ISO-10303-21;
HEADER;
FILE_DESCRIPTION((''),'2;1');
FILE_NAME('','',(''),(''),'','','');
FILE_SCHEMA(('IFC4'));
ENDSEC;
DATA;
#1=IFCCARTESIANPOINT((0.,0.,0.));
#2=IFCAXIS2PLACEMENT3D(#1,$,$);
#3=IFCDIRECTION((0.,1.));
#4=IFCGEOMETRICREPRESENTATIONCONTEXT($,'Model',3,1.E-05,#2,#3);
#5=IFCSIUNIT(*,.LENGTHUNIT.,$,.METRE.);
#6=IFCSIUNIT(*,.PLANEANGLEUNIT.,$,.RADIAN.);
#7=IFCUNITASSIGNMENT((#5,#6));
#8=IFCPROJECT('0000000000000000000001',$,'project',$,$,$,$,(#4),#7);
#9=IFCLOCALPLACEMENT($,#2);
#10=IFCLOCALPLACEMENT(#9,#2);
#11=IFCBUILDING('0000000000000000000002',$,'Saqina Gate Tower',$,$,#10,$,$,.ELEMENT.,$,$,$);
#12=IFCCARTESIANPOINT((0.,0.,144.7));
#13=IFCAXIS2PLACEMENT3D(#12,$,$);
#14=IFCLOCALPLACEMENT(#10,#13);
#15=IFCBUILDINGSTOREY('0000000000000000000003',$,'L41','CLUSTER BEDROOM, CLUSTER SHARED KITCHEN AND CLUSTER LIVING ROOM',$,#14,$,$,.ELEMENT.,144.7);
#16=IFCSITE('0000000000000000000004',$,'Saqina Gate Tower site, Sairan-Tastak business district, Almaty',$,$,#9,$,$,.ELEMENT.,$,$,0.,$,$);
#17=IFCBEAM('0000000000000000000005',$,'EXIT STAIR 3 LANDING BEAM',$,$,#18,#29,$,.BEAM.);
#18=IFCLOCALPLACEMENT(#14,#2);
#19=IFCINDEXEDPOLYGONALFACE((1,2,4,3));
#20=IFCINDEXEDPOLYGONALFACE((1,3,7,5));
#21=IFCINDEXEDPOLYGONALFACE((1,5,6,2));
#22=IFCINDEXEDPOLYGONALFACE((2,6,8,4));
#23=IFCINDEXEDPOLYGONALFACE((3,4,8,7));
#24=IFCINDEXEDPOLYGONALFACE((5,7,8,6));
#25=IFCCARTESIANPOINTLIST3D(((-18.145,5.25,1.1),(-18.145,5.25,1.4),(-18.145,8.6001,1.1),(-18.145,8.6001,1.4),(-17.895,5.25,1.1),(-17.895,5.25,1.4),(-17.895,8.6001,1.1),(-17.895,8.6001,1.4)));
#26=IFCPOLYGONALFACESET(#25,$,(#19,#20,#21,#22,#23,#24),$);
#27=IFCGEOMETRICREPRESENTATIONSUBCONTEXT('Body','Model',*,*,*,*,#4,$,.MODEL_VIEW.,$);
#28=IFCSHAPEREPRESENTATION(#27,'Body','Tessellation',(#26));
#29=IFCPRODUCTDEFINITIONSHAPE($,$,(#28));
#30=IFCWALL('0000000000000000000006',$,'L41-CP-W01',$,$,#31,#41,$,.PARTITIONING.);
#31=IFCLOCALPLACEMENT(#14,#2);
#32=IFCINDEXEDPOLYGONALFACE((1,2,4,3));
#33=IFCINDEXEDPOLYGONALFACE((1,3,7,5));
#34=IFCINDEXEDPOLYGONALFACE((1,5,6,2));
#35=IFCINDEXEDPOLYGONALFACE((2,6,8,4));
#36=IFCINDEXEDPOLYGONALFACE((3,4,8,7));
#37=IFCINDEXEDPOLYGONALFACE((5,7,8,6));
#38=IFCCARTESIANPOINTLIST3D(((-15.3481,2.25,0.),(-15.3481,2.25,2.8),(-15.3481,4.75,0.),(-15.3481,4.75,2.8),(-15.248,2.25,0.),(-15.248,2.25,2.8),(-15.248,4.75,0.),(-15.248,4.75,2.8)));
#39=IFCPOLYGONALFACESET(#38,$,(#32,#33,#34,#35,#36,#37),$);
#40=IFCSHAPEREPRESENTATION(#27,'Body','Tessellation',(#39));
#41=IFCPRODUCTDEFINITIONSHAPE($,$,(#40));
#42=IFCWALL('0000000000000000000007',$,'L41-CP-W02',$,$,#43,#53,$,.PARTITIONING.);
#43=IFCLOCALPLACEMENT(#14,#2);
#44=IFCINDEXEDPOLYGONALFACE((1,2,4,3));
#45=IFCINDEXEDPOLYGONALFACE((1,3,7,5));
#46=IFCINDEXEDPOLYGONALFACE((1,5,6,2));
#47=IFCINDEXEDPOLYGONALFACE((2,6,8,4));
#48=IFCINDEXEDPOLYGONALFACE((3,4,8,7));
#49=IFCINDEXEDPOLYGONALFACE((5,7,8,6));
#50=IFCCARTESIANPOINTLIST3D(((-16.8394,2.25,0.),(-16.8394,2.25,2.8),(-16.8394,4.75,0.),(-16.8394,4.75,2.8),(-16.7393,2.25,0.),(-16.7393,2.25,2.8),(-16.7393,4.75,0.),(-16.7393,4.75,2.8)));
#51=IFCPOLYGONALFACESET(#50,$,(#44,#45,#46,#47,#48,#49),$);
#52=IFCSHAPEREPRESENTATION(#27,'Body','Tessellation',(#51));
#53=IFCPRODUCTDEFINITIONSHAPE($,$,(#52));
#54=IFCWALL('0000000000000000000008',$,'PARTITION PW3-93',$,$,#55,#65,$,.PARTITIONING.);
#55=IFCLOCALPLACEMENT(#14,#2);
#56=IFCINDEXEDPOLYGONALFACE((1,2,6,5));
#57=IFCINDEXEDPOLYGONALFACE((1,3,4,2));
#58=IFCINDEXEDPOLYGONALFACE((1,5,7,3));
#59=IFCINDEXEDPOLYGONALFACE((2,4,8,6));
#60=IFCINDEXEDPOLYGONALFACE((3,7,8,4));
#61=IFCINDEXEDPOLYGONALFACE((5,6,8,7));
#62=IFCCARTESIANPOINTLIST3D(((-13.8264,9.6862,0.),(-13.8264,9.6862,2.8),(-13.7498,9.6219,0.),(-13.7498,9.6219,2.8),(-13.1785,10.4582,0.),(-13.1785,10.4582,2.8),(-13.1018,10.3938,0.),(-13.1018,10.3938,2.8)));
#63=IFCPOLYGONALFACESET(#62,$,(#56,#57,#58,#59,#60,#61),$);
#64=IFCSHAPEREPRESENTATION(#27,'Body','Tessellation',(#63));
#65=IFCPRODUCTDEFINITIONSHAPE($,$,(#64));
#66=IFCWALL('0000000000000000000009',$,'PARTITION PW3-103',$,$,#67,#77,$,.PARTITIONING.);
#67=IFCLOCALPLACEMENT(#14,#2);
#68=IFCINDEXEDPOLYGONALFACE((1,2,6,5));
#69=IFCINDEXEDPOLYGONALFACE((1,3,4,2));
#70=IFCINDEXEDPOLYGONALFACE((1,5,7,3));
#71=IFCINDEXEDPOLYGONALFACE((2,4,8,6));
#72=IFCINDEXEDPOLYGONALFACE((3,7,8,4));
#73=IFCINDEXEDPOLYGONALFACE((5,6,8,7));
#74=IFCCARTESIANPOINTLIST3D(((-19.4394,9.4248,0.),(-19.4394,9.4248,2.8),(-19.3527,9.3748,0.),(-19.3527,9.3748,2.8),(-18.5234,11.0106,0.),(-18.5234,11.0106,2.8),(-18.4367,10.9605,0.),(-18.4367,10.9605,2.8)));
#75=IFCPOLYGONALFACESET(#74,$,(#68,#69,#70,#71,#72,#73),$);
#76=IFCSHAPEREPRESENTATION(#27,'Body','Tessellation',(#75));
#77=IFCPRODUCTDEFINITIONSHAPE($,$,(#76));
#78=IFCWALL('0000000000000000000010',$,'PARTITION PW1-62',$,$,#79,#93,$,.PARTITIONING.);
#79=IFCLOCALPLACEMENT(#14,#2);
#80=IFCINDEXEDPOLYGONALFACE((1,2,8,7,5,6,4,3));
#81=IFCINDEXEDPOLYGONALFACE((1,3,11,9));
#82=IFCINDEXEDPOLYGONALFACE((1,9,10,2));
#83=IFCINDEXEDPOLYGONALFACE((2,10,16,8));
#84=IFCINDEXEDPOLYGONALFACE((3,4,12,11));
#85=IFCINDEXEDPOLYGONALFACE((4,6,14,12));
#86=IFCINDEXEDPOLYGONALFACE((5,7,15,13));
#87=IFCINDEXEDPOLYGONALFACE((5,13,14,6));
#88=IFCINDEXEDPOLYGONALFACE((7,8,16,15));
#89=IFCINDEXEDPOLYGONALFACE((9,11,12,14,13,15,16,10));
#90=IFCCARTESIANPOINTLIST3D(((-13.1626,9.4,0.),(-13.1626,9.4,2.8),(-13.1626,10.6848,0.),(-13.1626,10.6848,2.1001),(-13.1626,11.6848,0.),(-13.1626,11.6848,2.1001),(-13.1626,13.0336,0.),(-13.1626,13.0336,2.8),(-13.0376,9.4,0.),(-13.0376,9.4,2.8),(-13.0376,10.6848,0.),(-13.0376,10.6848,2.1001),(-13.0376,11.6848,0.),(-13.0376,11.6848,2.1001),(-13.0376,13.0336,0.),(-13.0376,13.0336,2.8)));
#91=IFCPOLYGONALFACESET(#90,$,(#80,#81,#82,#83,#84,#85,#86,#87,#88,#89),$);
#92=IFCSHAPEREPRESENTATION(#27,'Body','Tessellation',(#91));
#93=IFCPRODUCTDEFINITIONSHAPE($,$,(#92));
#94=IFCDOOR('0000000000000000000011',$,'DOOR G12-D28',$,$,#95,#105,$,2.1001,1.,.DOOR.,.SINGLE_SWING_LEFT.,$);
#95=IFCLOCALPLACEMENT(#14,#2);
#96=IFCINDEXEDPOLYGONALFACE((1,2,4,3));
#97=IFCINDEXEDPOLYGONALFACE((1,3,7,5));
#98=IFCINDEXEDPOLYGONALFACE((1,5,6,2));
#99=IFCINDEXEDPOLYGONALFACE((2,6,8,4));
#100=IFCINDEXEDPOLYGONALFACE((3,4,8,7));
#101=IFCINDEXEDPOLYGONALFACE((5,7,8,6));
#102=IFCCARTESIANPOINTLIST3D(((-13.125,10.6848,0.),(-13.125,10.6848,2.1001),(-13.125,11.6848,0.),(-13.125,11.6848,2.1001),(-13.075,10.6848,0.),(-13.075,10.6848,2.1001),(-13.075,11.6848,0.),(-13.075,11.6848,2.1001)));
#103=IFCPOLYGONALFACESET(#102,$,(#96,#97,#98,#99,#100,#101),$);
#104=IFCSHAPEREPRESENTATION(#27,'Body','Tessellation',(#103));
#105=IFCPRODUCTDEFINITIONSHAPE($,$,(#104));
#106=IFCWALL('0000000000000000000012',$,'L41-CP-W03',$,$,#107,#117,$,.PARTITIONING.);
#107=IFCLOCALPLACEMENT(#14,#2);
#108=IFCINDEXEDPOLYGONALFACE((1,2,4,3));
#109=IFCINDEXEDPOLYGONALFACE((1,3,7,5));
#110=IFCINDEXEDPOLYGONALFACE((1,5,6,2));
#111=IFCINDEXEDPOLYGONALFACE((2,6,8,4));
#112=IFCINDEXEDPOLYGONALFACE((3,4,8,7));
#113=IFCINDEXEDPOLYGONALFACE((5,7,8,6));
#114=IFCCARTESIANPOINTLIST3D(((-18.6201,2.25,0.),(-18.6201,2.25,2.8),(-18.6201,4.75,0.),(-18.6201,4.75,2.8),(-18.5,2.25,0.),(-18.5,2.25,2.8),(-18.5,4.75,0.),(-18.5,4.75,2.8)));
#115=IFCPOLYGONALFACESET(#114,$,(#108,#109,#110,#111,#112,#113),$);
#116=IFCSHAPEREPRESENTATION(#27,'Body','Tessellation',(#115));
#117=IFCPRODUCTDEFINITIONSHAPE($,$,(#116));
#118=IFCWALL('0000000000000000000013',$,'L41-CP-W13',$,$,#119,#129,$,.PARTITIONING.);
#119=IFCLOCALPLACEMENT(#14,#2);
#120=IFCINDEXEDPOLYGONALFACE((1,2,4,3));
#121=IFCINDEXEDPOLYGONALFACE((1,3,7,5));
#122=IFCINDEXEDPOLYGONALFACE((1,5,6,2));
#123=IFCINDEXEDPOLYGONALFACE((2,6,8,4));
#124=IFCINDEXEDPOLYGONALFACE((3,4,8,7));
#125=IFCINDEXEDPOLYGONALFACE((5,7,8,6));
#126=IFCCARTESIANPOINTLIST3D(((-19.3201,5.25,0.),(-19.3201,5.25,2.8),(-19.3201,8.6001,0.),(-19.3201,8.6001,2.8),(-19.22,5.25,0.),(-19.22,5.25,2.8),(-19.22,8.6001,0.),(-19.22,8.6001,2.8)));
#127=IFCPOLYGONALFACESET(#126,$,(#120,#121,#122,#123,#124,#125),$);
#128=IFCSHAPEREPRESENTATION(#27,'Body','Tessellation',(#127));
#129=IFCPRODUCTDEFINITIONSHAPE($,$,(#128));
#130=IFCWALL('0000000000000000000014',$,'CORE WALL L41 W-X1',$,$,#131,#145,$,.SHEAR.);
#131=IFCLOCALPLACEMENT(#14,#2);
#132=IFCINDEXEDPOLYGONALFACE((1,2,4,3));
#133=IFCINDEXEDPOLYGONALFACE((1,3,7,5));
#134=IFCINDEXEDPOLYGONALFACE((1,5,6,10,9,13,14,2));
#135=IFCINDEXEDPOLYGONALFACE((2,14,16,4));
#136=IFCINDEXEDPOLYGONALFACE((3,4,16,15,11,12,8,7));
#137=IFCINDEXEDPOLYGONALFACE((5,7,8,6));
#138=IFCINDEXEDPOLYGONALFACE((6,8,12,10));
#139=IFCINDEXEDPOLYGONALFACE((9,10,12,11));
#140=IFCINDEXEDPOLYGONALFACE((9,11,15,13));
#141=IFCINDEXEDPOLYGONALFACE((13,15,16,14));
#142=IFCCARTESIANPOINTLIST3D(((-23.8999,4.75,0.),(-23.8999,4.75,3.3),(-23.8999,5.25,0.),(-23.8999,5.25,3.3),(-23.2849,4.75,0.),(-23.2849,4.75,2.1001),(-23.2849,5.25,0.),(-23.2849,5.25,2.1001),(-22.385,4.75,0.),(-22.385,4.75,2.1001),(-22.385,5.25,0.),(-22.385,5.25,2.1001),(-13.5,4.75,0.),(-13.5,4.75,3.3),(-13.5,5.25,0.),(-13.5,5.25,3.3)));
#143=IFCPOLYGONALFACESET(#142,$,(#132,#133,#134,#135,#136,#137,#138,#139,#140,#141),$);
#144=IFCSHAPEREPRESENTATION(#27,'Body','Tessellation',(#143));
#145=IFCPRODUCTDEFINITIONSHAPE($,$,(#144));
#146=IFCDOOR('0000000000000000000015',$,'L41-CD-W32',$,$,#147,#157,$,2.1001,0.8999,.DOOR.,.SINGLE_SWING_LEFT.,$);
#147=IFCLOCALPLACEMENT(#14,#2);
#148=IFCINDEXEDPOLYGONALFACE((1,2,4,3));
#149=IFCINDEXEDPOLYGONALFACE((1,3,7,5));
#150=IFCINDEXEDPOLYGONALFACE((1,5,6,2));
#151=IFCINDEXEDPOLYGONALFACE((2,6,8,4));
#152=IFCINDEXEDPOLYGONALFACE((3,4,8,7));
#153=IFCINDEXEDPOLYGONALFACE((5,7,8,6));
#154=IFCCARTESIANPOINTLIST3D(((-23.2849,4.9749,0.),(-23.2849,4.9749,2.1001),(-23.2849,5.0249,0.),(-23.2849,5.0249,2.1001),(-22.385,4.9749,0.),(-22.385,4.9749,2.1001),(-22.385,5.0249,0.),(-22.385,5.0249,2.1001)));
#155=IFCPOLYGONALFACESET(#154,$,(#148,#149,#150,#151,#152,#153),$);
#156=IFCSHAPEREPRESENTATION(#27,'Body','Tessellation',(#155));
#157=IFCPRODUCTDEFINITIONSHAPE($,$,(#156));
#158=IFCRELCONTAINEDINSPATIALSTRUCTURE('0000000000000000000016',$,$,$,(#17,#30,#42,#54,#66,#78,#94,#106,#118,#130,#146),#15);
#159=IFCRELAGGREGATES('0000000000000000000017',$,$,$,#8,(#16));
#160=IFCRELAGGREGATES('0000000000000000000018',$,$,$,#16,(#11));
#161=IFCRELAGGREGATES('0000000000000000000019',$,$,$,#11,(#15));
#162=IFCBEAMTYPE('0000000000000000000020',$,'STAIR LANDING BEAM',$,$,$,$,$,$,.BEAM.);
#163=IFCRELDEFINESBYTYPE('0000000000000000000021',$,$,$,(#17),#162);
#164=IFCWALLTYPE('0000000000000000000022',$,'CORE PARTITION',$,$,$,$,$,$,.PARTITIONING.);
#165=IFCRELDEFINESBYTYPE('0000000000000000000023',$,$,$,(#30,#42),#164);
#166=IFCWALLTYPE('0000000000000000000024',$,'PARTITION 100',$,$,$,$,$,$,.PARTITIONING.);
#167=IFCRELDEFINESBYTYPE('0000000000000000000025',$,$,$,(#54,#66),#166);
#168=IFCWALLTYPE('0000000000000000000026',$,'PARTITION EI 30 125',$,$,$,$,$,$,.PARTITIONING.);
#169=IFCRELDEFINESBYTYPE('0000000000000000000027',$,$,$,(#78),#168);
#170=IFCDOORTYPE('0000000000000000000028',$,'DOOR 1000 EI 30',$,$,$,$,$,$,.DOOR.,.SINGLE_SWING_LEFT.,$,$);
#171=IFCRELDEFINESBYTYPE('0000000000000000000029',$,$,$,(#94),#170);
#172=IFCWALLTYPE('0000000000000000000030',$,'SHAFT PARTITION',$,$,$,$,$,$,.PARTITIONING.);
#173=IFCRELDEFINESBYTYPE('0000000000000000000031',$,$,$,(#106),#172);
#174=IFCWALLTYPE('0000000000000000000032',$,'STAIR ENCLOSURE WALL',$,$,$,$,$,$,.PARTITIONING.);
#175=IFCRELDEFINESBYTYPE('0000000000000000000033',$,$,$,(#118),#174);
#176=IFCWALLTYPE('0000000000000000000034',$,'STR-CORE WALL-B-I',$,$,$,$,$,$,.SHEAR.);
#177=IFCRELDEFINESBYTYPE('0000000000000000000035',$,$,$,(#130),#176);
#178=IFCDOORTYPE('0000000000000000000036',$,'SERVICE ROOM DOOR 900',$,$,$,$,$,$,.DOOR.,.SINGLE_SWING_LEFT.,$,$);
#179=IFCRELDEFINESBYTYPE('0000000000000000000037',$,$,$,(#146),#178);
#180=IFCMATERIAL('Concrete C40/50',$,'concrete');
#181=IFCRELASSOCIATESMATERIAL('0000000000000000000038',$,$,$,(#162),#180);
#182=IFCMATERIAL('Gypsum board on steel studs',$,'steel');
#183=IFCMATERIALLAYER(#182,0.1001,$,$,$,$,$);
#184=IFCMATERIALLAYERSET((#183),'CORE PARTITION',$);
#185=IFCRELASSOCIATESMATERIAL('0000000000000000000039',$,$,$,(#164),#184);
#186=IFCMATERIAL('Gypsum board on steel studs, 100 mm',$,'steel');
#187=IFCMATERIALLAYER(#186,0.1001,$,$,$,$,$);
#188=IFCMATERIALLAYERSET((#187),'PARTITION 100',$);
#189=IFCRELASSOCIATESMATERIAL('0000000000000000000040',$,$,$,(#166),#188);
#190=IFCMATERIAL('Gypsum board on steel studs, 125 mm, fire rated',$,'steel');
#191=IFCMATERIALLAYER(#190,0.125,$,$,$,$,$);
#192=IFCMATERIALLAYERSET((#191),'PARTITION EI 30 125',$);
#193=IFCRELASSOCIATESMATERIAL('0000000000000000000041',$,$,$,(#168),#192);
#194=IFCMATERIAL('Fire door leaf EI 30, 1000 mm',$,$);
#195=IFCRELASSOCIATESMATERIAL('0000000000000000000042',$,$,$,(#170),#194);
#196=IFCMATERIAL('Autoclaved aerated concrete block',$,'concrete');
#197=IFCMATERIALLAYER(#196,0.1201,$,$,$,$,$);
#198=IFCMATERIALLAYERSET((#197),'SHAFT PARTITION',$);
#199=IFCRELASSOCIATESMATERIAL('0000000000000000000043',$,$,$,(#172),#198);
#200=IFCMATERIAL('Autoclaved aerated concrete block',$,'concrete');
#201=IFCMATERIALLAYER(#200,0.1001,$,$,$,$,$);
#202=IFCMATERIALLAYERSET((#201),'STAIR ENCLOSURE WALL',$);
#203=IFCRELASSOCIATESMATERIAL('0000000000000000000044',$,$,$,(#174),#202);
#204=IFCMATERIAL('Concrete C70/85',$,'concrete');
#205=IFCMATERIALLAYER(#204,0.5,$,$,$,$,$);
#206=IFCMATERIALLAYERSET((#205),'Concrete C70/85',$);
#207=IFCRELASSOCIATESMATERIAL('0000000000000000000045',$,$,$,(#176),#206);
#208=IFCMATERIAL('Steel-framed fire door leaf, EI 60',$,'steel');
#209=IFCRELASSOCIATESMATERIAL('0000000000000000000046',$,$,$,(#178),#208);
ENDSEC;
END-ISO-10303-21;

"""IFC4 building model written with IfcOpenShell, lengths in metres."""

from ifc_helpers import new_model, si_unit, direction, frame, frame_2d, origin, origin_2d, place, context, subcontext, project, spatial, rectangle, extrude, material, layer, layer_set, material_profile, profile_set, type_object, element, fill, save


model = new_model("IFC4")

# Units and contexts
model_context = context("Model", 3, precision=1e-05, world=origin(), true_north=direction((0.0, 1.0)))
body_context = subcontext(model_context, "Body", "Model", "MODEL_VIEW")
ifc_project = project(units=[si_unit("LENGTHUNIT", "METRE"), si_unit("PLANEANGLEUNIT", "RADIAN")], contexts=[model_context])

# Site, building, storey
site_placement = place(None, origin())
site = spatial("IfcSite", under=ifc_project, at=site_placement, Name="Saqina Gate Tower site, Sairan-Tastak business district, Almaty", CompositionType="ELEMENT", RefElevation=0.0)
building_placement = place(site_placement, origin())
building = spatial("IfcBuilding", under=site, at=building_placement, Name="Saqina Gate Tower", CompositionType="ELEMENT")
storey_placement = place(building_placement, frame((0.0, 0.0, 144.7)))
storey = spatial("IfcBuildingStorey", under=building, at=storey_placement, Name="L41", Description="CLUSTER BEDROOM, CLUSTER SHARED KITCHEN AND CLUSTER LIVING ROOM", CompositionType="ELEMENT", Elevation=144.7)

# Beam
ifc_material_1 = material(Name="Concrete C40/50", Category="concrete")
ifc_material_profile = material_profile(ifc_material_1, rectangle(XDim=0.25, YDim=0.3, at=origin_2d()), Name="STAIR LANDING BEAM")
ifc_profile_set = profile_set([ifc_material_profile], Name="Concrete C40/50")
beam_type = type_object("IfcBeamType", Name="STAIR LANDING BEAM", PredefinedType="BEAM", material=ifc_profile_set)
beam_placement = place(storey_placement, frame((-18.02, 5.25, 1.25), z_axis=(0.0, 1.0, 0.0), x_axis=(-1.0, 0.0, 0.0)))
element("IfcBeam", 1, at=beam_placement, inside=storey, type_object=beam_type, Name="EXIT STAIR 3 LANDING BEAM", PredefinedType="BEAM", context=body_context, shape_type="SweptSolid", body=[
    extrude(rectangle(XDim=0.25, YDim=0.3, at=origin_2d()), origin(), (0.0, 0.0, 1.0), 3.3501),
])

# Walls
ifc_material_2 = material(Name="Gypsum board on steel studs", Category="steel")
ifc_layer_1 = layer(ifc_material_2, 0.1001)
ifc_layer_set_1 = layer_set([ifc_layer_1], Name="CORE PARTITION")
wall_type_1 = type_object("IfcWallType", Name="CORE PARTITION", PredefinedType="PARTITIONING", material=ifc_layer_set_1)
for number, where, z_axis, x_axis, name in (
    (2, (-15.2981, 2.25, 0.0), (0.0, 0.0, 1.0), (0.0, 1.0, 0.0), "L41-CP-W01"),
    (3, (-16.7893, 2.25, 0.0), (0.0, 0.0, 1.0), (0.0, 1.0, 0.0), "L41-CP-W02"),
):
    element("IfcWall", number, at=place(storey_placement, frame(where, z_axis=z_axis, x_axis=x_axis)), inside=storey, type_object=wall_type_1, Name=name, PredefinedType="PARTITIONING", context=body_context, shape_type="SweptSolid", body=[
        extrude(rectangle(XDim=2.5, YDim=0.1001, at=frame_2d((1.25, 0.0))), origin(), (0.0, 0.0, 1.0), 2.8),
    ])
ifc_material_3 = material(Name="Gypsum board on steel studs, 100 mm", Category="steel")
ifc_layer_2 = layer(ifc_material_3, 0.1001)
ifc_layer_set_2 = layer_set([ifc_layer_2], Name="PARTITION 100")
wall_type_2 = type_object("IfcWallType", Name="PARTITION 100", PredefinedType="PARTITIONING", material=ifc_layer_set_2)
wall_1_placement = place(storey_placement, frame((-13.7881, 9.6541, 0.0), z_axis=(0.0, 0.0, 1.0), x_axis=(0.642897, 0.765953, 0.0)))
element("IfcWall", 4, at=wall_1_placement, inside=storey, type_object=wall_type_2, Name="PARTITION PW3-93", PredefinedType="PARTITIONING", context=body_context, shape_type="SweptSolid", body=[
    extrude(rectangle(XDim=1.0078, YDim=0.1001, at=frame_2d((0.5039, 0.0))), origin(), (0.0, 0.0, 1.0), 2.8),
])
wall_2_placement = place(storey_placement, frame((-19.396, 9.3999, 0.0), z_axis=(0.0, 0.0, 1.0), x_axis=(0.500211, 0.865904, 0.0)))
element("IfcWall", 5, at=wall_2_placement, inside=storey, type_object=wall_type_2, Name="PARTITION PW3-103", PredefinedType="PARTITIONING", context=body_context, shape_type="SweptSolid", body=[
    extrude(rectangle(XDim=1.8313, YDim=0.1001, at=frame_2d((0.9155, 0.0))), origin(), (0.0, 0.0, 1.0), 2.8),
])

# Wall, opening, door
ifc_material_4 = material(Name="Gypsum board on steel studs, 125 mm, fire rated", Category="steel")
ifc_layer_3 = layer(ifc_material_4, 0.125)
ifc_layer_set_3 = layer_set([ifc_layer_3], Name="PARTITION EI 30 125")
wall_type_3 = type_object("IfcWallType", Name="PARTITION EI 30 125", PredefinedType="PARTITIONING", material=ifc_layer_set_3)
wall_3_placement = place(storey_placement, frame((-13.1001, 9.3999, 0.0), z_axis=(0.0, 0.0, 1.0), x_axis=(0.0, 1.0, 0.0)))
wall_3 = element("IfcWall", 6, at=wall_3_placement, inside=storey, type_object=wall_type_3, Name="PARTITION PW1-62", PredefinedType="PARTITIONING", context=body_context, shape_type="SweptSolid", body=[
    extrude(rectangle(XDim=3.6335, YDim=0.125, at=frame_2d((1.8169, 0.0))), origin(), (0.0, 0.0, 1.0), 2.8),
])
opening_1_placement = place(wall_3_placement, frame((1.2849, 0.0, 0.0)))
opening_1 = element("IfcOpeningElement", 7, at=opening_1_placement, cuts=wall_3, PredefinedType="OPENING", context=body_context, shape_type="SweptSolid", body=[
    extrude(rectangle(XDim=1.0, YDim=2.1001, at=frame_2d((0.5, 1.05))), frame((0.0, 0.0745, 0.0), z_axis=(0.0, -1.0, 0.0), x_axis=(1.0, 0.0, 0.0)), (0.0, 0.0, 1.0), 0.1489),
])
ifc_material_5 = material(Name="Fire door leaf EI 30, 1000 mm")
door_type_1 = type_object("IfcDoorType", Name="DOOR 1000 EI 30", OperationType="SINGLE_SWING_LEFT", PredefinedType="DOOR", material=ifc_material_5)
door_1_placement = place(opening_1_placement, origin())
door_1 = element("IfcDoor", 8, at=door_1_placement, inside=storey, type_object=door_type_1, Name="DOOR G12-D28", OperationType="SINGLE_SWING_LEFT", OverallHeight=2.1001, OverallWidth=1.0, PredefinedType="DOOR", context=body_context, shape_type="SweptSolid", body=[
    extrude(rectangle(XDim=1.0, YDim=2.1001, at=frame_2d((0.5, 1.05))), frame((0.0, 0.0249, 0.0), z_axis=(0.0, -1.0, 0.0), x_axis=(1.0, 0.0, 0.0)), (0.0, 0.0, 1.0), 0.05),
])
fill(opening_1, door_1)

# Walls
ifc_material_6 = material(Name="Autoclaved aerated concrete block", Category="concrete")
ifc_layer_4 = layer(ifc_material_6, 0.1201)
ifc_layer_set_4 = layer_set([ifc_layer_4], Name="SHAFT PARTITION")
wall_type_4 = type_object("IfcWallType", Name="SHAFT PARTITION", PredefinedType="PARTITIONING", material=ifc_layer_set_4)
wall_4_placement = place(storey_placement, frame((-18.5601, 2.25, 0.0), z_axis=(0.0, 0.0, 1.0), x_axis=(0.0, 1.0, 0.0)))
element("IfcWall", 9, at=wall_4_placement, inside=storey, type_object=wall_type_4, Name="L41-CP-W03", PredefinedType="PARTITIONING", context=body_context, shape_type="SweptSolid", body=[
    extrude(rectangle(XDim=2.5, YDim=0.1201, at=frame_2d((1.25, 0.0))), origin(), (0.0, 0.0, 1.0), 2.8),
])
ifc_material_7 = material(Name="Autoclaved aerated concrete block", Category="concrete")
ifc_layer_5 = layer(ifc_material_7, 0.1001)
ifc_layer_set_5 = layer_set([ifc_layer_5], Name="STAIR ENCLOSURE WALL")
wall_type_5 = type_object("IfcWallType", Name="STAIR ENCLOSURE WALL", PredefinedType="PARTITIONING", material=ifc_layer_set_5)
wall_5_placement = place(storey_placement, frame((-19.27, 5.25, 0.0), z_axis=(0.0, 0.0, 1.0), x_axis=(0.0, 1.0, 0.0)))
element("IfcWall", 10, at=wall_5_placement, inside=storey, type_object=wall_type_5, Name="L41-CP-W13", PredefinedType="PARTITIONING", context=body_context, shape_type="SweptSolid", body=[
    extrude(rectangle(XDim=3.3501, YDim=0.1001, at=frame_2d((1.675, 0.0))), origin(), (0.0, 0.0, 1.0), 2.8),
])

# Wall, opening, door
ifc_material_8 = material(Name="Concrete C70/85", Category="concrete")
ifc_layer_6 = layer(ifc_material_8, 0.5)
ifc_layer_set_6 = layer_set([ifc_layer_6], Name="Concrete C70/85")
wall_type_6 = type_object("IfcWallType", Name="STR-CORE WALL-B-I", PredefinedType="SHEAR", material=ifc_layer_set_6)
wall_6_placement = place(storey_placement, frame((-13.5, 5.0, 0.0), z_axis=(0.0, 0.0, 1.0), x_axis=(-1.0, 0.0, 0.0)))
wall_6 = element("IfcWall", 11, at=wall_6_placement, inside=storey, type_object=wall_type_6, Name="CORE WALL L41 W-X1", PredefinedType="SHEAR", context=body_context, shape_type="SweptSolid", body=[
    extrude(rectangle(XDim=10.3999, YDim=0.5, at=frame_2d((5.2, 0.0))), origin(), (0.0, 0.0, 1.0), 3.3),
])
opening_2_placement = place(wall_6_placement, frame((8.885, 0.0, 0.0)))
opening_2 = element("IfcOpeningElement", 12, at=opening_2_placement, cuts=wall_6, PredefinedType="OPENING", context=body_context, shape_type="SweptSolid", body=[
    extrude(rectangle(XDim=0.8999, YDim=2.1001, at=frame_2d((0.45, 1.05))), frame((0.0, 0.262, 0.0), z_axis=(0.0, -1.0, 0.0), x_axis=(1.0, 0.0, 0.0)), (0.0, 0.0, 1.0), 0.5239),
])
ifc_material_9 = material(Name="Steel-framed fire door leaf, EI 60", Category="steel")
door_type_2 = type_object("IfcDoorType", Name="SERVICE ROOM DOOR 900", OperationType="SINGLE_SWING_LEFT", PredefinedType="DOOR", material=ifc_material_9)
door_2_placement = place(opening_2_placement, frame((0.8999, 0.0, 0.0), z_axis=(0.0, 0.0, 1.0), x_axis=(-1.0, 0.0, 0.0)))
door_2 = element("IfcDoor", 13, at=door_2_placement, inside=storey, type_object=door_type_2, Name="L41-CD-W32", OperationType="SINGLE_SWING_LEFT", OverallHeight=2.1001, OverallWidth=0.8999, PredefinedType="DOOR", context=body_context, shape_type="SweptSolid", body=[
    extrude(rectangle(XDim=0.8999, YDim=2.1001, at=frame_2d((0.45, 1.05))), frame((0.0, 0.0249, 0.0), z_axis=(0.0, -1.0, 0.0), x_axis=(1.0, 0.0, 0.0)), (0.0, 0.0, 1.0), 0.05),
])
fill(opening_2, door_2)

save(model, "model.ifc")
